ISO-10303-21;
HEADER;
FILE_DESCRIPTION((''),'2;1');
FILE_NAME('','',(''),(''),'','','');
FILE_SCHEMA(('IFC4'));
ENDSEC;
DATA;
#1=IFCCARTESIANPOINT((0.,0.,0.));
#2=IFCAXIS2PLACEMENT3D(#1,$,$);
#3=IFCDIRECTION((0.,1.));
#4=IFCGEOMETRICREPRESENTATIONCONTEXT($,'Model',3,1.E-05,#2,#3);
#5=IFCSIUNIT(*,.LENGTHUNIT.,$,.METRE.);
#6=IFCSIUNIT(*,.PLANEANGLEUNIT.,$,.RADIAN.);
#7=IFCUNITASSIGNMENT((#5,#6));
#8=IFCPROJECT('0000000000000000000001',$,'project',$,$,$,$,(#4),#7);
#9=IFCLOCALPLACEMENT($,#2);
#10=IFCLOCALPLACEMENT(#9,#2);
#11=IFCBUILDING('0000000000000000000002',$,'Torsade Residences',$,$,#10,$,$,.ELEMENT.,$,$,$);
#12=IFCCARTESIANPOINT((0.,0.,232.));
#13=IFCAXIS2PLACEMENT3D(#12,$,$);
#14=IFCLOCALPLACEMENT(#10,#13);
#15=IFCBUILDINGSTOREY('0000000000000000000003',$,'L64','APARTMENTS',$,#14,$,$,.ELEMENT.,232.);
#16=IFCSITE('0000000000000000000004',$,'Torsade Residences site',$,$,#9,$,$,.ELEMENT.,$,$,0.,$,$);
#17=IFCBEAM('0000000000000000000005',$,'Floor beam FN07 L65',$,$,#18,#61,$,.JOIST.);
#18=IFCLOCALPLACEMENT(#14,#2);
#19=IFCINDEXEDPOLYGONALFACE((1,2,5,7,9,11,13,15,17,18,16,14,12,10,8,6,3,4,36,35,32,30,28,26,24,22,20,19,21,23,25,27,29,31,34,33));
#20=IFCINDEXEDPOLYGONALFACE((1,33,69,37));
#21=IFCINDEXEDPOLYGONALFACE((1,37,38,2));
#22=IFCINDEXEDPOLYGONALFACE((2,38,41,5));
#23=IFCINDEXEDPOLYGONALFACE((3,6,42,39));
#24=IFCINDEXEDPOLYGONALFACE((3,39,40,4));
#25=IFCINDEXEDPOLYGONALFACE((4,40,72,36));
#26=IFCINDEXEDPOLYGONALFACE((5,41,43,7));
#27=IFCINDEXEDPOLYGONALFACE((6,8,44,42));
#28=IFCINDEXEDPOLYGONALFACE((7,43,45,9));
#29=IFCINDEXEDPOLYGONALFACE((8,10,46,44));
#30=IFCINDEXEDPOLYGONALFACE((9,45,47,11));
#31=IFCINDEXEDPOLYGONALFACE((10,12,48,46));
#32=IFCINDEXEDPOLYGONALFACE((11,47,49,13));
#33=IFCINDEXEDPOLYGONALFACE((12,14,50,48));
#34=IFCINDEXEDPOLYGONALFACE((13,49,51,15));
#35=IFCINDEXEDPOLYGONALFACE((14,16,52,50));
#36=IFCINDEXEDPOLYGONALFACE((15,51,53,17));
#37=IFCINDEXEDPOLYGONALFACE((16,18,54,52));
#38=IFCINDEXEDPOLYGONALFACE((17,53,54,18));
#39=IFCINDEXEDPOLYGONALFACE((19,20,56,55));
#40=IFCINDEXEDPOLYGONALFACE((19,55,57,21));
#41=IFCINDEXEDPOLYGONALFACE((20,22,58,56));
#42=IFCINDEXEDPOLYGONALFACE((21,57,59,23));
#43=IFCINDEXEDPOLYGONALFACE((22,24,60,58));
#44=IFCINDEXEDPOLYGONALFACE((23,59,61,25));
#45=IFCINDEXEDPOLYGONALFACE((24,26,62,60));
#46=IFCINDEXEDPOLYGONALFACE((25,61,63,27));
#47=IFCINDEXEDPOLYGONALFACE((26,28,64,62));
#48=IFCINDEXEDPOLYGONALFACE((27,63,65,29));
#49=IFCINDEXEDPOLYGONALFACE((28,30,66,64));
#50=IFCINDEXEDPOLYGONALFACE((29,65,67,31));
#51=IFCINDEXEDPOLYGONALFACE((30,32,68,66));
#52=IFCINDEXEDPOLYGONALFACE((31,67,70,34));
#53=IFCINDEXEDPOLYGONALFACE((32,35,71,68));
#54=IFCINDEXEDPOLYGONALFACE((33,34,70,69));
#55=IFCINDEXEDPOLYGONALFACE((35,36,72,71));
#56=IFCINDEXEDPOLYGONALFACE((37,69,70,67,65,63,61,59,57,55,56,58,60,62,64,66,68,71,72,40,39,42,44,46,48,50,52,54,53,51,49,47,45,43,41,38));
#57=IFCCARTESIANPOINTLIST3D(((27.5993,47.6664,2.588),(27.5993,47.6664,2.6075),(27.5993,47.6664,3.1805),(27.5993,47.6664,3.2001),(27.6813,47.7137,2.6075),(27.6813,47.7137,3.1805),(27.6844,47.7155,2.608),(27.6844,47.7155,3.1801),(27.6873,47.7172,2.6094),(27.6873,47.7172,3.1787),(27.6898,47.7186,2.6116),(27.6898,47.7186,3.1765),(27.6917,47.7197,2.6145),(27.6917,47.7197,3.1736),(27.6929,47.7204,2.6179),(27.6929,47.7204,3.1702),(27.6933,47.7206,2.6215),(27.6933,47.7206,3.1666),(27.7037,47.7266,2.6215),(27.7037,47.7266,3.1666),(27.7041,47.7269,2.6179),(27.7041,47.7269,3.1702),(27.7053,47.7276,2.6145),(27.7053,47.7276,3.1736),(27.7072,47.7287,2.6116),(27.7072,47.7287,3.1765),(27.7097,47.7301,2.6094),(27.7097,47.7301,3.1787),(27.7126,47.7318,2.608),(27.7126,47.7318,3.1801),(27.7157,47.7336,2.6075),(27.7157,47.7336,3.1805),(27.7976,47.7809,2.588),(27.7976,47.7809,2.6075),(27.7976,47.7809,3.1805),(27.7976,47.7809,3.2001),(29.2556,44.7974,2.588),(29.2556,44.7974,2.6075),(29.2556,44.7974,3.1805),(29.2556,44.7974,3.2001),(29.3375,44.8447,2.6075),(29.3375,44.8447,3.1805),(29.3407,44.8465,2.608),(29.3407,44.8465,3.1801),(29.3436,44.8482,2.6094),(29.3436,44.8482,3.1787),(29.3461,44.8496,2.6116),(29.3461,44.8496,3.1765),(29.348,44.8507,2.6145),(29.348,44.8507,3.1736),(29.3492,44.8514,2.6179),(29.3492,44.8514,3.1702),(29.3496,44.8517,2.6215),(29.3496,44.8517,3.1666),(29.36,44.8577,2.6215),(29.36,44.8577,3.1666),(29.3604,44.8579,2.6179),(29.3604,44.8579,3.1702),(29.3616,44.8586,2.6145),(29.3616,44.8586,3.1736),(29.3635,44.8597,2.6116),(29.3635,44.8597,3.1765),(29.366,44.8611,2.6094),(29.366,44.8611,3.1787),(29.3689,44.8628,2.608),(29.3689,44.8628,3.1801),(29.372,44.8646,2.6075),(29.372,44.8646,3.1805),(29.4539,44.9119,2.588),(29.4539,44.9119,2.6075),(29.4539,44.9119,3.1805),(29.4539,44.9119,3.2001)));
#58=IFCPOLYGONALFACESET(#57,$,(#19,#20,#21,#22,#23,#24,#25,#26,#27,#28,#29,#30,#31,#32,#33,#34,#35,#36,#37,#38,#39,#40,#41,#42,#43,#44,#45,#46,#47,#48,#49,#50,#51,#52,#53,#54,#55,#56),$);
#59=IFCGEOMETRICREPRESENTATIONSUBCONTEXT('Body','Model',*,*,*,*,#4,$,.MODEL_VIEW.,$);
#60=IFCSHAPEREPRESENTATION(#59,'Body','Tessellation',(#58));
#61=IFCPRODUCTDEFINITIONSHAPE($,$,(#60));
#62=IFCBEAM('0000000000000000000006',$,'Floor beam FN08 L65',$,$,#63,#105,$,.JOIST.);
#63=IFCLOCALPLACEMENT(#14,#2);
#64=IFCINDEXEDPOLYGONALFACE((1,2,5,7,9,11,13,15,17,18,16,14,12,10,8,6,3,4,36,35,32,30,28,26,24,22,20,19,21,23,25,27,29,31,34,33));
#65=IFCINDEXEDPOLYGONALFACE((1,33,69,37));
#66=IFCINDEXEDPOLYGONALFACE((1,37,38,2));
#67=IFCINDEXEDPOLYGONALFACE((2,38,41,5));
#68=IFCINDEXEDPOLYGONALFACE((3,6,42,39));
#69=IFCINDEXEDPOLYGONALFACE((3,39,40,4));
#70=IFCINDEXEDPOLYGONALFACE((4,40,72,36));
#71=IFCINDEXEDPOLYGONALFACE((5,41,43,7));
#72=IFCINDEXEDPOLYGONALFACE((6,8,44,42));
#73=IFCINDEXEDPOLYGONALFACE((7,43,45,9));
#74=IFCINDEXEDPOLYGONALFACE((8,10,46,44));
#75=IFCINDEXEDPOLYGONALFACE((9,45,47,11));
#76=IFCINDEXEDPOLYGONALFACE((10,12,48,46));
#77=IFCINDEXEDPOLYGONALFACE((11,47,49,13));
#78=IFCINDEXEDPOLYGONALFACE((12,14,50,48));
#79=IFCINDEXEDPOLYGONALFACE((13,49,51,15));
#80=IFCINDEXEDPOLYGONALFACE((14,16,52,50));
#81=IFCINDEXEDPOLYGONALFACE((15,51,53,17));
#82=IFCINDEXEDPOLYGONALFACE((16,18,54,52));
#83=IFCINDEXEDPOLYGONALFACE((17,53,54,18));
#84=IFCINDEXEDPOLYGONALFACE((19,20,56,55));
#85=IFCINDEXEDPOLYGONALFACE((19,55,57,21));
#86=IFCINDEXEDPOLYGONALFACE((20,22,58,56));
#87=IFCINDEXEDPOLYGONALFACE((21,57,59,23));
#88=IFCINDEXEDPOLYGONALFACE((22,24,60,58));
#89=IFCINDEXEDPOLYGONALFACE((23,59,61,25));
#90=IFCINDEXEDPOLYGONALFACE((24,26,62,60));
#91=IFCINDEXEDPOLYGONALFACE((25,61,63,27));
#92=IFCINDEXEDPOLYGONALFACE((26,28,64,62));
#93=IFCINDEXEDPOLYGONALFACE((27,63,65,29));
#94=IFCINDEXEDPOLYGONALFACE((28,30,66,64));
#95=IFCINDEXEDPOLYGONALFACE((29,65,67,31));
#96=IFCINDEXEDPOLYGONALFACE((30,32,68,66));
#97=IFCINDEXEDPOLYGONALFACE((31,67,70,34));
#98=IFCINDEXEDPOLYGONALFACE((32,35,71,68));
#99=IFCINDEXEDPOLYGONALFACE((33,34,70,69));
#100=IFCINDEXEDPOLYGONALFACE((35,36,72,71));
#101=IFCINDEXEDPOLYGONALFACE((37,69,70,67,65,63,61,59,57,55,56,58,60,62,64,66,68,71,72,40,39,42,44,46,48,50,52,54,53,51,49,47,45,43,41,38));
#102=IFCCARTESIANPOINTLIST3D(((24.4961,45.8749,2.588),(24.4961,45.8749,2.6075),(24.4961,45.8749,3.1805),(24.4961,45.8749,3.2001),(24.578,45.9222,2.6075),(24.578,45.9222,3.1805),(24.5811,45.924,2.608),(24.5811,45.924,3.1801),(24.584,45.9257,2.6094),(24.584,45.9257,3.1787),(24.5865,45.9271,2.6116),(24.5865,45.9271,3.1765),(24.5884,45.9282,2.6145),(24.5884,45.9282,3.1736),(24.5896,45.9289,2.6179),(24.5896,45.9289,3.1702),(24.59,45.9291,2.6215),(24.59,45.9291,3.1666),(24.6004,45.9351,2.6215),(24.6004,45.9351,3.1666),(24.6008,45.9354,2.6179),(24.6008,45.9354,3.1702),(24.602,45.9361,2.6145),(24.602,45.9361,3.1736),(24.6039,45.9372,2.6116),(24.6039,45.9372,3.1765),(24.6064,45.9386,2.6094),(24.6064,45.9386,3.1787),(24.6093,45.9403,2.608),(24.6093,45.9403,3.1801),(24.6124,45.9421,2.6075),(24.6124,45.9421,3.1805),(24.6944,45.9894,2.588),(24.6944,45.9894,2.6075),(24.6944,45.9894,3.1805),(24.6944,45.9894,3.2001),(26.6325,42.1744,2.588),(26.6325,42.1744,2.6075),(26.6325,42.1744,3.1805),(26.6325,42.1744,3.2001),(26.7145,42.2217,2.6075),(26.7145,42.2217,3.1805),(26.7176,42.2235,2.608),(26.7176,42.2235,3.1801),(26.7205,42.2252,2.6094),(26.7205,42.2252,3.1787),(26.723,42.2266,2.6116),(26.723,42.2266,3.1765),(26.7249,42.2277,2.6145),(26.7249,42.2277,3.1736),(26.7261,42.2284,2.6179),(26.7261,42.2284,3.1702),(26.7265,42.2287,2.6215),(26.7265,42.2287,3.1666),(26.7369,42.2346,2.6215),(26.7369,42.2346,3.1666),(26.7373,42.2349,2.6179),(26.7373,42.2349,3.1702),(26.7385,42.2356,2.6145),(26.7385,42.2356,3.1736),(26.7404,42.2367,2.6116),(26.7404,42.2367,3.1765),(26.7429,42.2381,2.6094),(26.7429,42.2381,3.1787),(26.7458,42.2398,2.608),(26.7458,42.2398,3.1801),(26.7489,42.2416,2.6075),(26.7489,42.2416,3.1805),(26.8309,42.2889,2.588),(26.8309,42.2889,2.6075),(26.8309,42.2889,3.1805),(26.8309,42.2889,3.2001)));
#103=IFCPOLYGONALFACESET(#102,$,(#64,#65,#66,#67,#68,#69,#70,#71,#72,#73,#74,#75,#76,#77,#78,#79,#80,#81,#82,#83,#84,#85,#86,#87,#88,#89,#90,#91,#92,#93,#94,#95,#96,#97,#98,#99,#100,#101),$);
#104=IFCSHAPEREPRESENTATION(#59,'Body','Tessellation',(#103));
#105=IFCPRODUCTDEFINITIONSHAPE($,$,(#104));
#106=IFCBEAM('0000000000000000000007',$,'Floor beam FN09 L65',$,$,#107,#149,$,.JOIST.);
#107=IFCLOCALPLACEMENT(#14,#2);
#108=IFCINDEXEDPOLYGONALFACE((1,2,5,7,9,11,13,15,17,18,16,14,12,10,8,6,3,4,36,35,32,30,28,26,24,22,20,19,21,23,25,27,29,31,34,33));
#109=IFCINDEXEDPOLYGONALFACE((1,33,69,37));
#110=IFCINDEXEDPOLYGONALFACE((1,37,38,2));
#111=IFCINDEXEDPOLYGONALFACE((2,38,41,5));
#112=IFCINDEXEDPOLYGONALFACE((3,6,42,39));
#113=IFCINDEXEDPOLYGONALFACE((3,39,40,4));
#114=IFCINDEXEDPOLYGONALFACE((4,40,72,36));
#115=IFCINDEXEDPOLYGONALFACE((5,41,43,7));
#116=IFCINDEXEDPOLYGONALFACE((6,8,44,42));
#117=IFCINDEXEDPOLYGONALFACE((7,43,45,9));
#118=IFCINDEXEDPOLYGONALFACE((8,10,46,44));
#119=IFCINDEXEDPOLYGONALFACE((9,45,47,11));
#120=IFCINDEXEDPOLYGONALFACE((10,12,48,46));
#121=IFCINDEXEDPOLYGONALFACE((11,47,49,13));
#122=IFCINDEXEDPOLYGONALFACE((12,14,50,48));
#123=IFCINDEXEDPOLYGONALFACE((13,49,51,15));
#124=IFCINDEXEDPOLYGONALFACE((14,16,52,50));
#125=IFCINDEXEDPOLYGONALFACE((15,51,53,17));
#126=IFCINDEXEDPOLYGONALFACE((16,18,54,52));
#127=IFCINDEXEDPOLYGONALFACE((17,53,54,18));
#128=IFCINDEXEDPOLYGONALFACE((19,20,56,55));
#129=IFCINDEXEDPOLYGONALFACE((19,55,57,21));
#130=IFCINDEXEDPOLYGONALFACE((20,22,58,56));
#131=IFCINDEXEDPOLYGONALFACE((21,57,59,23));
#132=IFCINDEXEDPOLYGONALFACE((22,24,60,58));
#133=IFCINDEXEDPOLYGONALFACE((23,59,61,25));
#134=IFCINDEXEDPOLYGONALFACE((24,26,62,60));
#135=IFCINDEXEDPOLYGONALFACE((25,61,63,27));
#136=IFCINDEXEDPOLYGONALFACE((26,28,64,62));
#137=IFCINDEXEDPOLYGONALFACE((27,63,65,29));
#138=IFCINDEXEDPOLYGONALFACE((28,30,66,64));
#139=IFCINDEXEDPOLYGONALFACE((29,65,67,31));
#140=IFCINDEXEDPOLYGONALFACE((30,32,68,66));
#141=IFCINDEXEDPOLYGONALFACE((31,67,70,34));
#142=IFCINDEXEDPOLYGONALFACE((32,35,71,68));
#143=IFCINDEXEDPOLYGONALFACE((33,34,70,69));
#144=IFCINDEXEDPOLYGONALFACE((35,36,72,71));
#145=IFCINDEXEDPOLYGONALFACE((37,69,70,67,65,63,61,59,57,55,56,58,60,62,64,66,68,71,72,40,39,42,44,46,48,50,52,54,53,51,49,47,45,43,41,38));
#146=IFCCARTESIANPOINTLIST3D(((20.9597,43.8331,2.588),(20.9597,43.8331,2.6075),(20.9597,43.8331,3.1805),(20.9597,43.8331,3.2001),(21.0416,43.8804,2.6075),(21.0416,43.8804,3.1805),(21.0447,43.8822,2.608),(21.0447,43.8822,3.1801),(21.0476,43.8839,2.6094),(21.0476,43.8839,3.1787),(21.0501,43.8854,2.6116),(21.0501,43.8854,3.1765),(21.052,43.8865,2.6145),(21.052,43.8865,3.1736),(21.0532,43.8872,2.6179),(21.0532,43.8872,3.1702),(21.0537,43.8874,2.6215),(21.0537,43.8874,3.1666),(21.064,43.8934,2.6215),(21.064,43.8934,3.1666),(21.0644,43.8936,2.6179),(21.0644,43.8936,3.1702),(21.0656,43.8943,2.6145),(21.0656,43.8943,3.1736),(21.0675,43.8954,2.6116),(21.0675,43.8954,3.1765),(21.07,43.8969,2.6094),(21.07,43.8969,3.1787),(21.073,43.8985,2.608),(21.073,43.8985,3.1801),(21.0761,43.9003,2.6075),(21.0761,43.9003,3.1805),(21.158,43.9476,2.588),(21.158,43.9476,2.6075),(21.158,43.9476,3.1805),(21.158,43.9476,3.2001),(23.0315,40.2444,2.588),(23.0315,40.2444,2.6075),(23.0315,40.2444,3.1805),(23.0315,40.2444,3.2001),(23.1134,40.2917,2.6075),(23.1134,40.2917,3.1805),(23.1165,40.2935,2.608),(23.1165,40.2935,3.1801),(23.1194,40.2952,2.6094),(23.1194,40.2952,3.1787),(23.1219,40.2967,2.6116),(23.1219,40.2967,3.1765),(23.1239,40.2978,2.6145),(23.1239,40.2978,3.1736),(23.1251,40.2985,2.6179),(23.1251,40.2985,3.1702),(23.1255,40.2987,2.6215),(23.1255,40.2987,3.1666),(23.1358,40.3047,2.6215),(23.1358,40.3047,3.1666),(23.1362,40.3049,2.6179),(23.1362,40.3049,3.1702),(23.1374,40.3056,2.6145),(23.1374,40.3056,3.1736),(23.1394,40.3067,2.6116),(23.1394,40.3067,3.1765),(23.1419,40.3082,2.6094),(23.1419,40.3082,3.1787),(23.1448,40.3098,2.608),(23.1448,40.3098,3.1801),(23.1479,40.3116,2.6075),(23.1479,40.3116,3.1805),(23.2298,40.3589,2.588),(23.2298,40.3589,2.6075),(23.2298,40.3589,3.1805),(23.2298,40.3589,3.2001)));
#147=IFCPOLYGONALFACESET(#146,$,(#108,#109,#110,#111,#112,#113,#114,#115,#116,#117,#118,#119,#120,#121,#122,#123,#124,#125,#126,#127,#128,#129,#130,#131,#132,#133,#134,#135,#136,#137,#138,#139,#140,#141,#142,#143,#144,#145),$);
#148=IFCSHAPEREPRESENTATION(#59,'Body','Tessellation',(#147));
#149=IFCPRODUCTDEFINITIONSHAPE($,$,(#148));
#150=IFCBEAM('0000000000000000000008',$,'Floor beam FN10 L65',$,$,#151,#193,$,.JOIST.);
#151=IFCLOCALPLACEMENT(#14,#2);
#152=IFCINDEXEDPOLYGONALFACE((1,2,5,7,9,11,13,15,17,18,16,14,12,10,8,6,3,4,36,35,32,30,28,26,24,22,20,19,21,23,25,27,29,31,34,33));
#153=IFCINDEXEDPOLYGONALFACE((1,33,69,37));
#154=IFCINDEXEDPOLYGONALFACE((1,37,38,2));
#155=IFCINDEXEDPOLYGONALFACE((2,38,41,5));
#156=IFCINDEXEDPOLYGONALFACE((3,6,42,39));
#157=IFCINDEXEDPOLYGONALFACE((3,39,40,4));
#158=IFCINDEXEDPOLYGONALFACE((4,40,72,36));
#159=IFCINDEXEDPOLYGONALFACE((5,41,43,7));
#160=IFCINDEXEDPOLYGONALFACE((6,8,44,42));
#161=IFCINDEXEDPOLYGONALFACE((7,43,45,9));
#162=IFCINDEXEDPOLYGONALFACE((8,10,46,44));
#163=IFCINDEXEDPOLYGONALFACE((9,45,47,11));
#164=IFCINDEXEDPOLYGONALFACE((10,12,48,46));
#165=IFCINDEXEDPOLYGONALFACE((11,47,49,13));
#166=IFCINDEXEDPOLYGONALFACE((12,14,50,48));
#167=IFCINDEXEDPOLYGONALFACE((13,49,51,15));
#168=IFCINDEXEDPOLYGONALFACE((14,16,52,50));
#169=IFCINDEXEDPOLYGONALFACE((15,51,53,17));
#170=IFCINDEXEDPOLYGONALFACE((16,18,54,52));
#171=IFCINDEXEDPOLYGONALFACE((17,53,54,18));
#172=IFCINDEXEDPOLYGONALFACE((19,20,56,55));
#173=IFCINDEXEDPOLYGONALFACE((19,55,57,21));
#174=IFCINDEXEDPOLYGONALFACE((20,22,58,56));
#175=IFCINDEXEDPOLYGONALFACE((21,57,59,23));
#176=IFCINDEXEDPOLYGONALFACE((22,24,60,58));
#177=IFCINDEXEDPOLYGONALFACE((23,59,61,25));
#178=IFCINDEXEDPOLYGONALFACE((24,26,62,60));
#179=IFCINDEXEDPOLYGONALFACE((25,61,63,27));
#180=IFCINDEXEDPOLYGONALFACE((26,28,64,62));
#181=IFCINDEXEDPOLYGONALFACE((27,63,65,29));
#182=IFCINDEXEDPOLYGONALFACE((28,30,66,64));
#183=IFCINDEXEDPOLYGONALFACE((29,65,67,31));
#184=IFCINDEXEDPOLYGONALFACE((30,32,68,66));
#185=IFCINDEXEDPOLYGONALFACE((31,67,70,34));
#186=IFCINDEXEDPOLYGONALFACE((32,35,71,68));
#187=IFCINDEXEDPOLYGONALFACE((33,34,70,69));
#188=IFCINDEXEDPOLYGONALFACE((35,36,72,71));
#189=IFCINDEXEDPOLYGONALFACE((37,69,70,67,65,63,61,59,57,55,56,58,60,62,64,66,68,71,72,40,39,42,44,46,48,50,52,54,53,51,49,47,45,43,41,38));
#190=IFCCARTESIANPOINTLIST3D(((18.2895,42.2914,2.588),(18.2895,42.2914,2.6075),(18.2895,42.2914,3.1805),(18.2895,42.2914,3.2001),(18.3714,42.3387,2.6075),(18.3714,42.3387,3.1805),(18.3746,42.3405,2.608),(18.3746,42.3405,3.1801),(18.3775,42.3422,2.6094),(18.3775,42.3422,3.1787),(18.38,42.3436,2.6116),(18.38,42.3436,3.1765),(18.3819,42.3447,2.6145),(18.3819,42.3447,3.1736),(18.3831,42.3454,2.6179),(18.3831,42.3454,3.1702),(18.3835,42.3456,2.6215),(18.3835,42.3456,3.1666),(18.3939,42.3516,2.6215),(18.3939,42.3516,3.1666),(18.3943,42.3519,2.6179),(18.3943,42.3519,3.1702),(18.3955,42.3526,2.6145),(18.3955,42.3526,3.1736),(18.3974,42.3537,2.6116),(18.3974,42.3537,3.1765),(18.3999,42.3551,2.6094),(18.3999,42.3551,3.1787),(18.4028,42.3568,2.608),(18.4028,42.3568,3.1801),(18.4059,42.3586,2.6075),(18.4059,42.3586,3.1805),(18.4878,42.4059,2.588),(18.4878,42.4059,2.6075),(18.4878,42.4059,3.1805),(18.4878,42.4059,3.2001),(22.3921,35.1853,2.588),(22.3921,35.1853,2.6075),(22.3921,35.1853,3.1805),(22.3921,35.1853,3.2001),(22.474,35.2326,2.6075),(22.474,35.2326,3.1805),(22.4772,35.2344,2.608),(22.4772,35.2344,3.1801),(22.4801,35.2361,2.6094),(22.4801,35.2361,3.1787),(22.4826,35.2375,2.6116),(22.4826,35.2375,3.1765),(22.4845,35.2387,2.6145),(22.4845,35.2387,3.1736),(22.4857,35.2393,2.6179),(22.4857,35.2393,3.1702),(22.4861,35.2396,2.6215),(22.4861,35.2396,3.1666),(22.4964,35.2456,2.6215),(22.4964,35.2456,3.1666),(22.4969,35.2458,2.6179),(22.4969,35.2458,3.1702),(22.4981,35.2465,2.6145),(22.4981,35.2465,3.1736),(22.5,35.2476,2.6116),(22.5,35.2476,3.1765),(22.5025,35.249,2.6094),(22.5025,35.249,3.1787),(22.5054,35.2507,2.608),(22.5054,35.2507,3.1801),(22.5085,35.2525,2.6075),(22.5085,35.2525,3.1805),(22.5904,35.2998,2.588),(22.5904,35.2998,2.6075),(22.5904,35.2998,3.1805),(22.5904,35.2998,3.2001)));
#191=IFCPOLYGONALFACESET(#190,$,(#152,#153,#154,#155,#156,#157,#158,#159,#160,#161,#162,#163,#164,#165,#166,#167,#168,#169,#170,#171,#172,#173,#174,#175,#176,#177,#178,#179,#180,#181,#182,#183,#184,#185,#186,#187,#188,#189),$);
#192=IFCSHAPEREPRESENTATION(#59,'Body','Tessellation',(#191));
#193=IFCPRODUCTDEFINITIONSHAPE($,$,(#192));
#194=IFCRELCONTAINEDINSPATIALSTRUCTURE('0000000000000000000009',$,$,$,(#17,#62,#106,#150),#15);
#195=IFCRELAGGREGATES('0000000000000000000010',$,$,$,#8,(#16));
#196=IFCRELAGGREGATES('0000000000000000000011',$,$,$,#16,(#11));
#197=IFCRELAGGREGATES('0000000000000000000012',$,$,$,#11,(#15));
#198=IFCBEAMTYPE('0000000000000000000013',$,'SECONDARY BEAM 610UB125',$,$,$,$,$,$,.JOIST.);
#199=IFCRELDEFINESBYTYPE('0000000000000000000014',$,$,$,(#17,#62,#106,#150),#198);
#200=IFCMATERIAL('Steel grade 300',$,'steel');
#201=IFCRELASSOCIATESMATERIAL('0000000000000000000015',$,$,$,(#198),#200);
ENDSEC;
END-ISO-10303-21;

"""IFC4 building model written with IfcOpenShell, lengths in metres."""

from ifc_helpers import new_model, si_unit, direction, frame, origin, origin_2d, place, context, subcontext, project, spatial, i_section, extrude, material, material_profile, profile_set, type_object, element, save


model = new_model("IFC4")

# Units and contexts
model_context = context("Model", 3, precision=1e-05, world=origin(), true_north=direction((0.0, 1.0)))
body_context = subcontext(model_context, "Body", "Model", "MODEL_VIEW")
ifc_project = project(units=[si_unit("LENGTHUNIT", "METRE"), si_unit("PLANEANGLEUNIT", "RADIAN")], contexts=[model_context])

# Site, building, storey
site_placement = place(None, origin())
site = spatial("IfcSite", under=ifc_project, at=site_placement, Name="Torsade Residences site", CompositionType="ELEMENT", RefElevation=0.0)
building_placement = place(site_placement, origin())
building = spatial("IfcBuilding", under=site, at=building_placement, Name="Torsade Residences", CompositionType="ELEMENT")
storey_placement = place(building_placement, frame((0.0, 0.0, 232.0)))
storey = spatial("IfcBuildingStorey", under=building, at=storey_placement, Name="L64", Description="APARTMENTS", CompositionType="ELEMENT", Elevation=232.0)

# Beams
ifc_material_1 = material(Name="Steel grade 300", Category="steel")
ifc_material_profile_1 = material_profile(ifc_material_1, i_section(OverallWidth=0.229, OverallDepth=0.6121, WebThickness=0.012, FlangeThickness=0.0195, FilletRadius=0.0139, at=origin_2d()), Name="610UB125")
ifc_profile_set_1 = profile_set([ifc_material_profile_1], Name="Steel grade 300")
beam_type_1 = type_object("IfcBeamType", Name="SECONDARY BEAM 610UB125", PredefinedType="JOIST", material=ifc_profile_set_1)
beam_1_placement = place(storey_placement, frame((27.6985, 47.7236, 2.894), z_axis=(0.499976, -0.86604, 0.0), x_axis=(0.86604, 0.499976, 0.0)))
element("IfcBeam", 1, at=beam_1_placement, inside=storey, type_object=beam_type_1, Name="Floor beam FN07 L65", PredefinedType="JOIST", context=body_context, shape_type="SweptSolid", body=[
    extrude(i_section(OverallWidth=0.229, OverallDepth=0.6121, WebThickness=0.012, FlangeThickness=0.0195, FilletRadius=0.0139, at=origin_2d()), origin(), (0.0, 0.0, 1.0), 3.3127),
])
beam_2_placement = place(storey_placement, frame((24.5952, 45.9321, 2.894), z_axis=(0.500004, -0.866023, 0.0), x_axis=(0.866023, 0.500004, 0.0)))
element("IfcBeam", 2, at=beam_2_placement, inside=storey, type_object=beam_type_1, Name="Floor beam FN08 L65", PredefinedType="JOIST", context=body_context, shape_type="SweptSolid", body=[
    extrude(i_section(OverallWidth=0.229, OverallDepth=0.6121, WebThickness=0.012, FlangeThickness=0.0195, FilletRadius=0.0139, at=origin_2d()), origin(), (0.0, 0.0, 1.0), 4.2729),
])
beam_3_placement = place(storey_placement, frame((21.0588, 43.8904, 2.894), z_axis=(0.499979, -0.866037, 0.0), x_axis=(0.866037, 0.499979, 0.0)))
element("IfcBeam", 3, at=beam_3_placement, inside=storey, type_object=beam_type_1, Name="Floor beam FN09 L65", PredefinedType="JOIST", context=body_context, shape_type="SweptSolid", body=[
    extrude(i_section(OverallWidth=0.229, OverallDepth=0.6121, WebThickness=0.012, FlangeThickness=0.0195, FilletRadius=0.0139, at=origin_2d()), origin(), (0.0, 0.0, 1.0), 4.1438),
])
beam_4_placement = place(storey_placement, frame((18.3887, 42.3486, 2.894), z_axis=(0.499992, -0.86603, 0.0), x_axis=(0.86603, 0.499992, 0.0)))
element("IfcBeam", 4, at=beam_4_placement, inside=storey, type_object=beam_type_1, Name="Floor beam FN10 L65", PredefinedType="JOIST", context=body_context, shape_type="SweptSolid", body=[
    extrude(i_section(OverallWidth=0.229, OverallDepth=0.6121, WebThickness=0.012, FlangeThickness=0.0195, FilletRadius=0.0139, at=origin_2d()), origin(), (0.0, 0.0, 1.0), 8.2053),
])

save(model, "model.ifc")
